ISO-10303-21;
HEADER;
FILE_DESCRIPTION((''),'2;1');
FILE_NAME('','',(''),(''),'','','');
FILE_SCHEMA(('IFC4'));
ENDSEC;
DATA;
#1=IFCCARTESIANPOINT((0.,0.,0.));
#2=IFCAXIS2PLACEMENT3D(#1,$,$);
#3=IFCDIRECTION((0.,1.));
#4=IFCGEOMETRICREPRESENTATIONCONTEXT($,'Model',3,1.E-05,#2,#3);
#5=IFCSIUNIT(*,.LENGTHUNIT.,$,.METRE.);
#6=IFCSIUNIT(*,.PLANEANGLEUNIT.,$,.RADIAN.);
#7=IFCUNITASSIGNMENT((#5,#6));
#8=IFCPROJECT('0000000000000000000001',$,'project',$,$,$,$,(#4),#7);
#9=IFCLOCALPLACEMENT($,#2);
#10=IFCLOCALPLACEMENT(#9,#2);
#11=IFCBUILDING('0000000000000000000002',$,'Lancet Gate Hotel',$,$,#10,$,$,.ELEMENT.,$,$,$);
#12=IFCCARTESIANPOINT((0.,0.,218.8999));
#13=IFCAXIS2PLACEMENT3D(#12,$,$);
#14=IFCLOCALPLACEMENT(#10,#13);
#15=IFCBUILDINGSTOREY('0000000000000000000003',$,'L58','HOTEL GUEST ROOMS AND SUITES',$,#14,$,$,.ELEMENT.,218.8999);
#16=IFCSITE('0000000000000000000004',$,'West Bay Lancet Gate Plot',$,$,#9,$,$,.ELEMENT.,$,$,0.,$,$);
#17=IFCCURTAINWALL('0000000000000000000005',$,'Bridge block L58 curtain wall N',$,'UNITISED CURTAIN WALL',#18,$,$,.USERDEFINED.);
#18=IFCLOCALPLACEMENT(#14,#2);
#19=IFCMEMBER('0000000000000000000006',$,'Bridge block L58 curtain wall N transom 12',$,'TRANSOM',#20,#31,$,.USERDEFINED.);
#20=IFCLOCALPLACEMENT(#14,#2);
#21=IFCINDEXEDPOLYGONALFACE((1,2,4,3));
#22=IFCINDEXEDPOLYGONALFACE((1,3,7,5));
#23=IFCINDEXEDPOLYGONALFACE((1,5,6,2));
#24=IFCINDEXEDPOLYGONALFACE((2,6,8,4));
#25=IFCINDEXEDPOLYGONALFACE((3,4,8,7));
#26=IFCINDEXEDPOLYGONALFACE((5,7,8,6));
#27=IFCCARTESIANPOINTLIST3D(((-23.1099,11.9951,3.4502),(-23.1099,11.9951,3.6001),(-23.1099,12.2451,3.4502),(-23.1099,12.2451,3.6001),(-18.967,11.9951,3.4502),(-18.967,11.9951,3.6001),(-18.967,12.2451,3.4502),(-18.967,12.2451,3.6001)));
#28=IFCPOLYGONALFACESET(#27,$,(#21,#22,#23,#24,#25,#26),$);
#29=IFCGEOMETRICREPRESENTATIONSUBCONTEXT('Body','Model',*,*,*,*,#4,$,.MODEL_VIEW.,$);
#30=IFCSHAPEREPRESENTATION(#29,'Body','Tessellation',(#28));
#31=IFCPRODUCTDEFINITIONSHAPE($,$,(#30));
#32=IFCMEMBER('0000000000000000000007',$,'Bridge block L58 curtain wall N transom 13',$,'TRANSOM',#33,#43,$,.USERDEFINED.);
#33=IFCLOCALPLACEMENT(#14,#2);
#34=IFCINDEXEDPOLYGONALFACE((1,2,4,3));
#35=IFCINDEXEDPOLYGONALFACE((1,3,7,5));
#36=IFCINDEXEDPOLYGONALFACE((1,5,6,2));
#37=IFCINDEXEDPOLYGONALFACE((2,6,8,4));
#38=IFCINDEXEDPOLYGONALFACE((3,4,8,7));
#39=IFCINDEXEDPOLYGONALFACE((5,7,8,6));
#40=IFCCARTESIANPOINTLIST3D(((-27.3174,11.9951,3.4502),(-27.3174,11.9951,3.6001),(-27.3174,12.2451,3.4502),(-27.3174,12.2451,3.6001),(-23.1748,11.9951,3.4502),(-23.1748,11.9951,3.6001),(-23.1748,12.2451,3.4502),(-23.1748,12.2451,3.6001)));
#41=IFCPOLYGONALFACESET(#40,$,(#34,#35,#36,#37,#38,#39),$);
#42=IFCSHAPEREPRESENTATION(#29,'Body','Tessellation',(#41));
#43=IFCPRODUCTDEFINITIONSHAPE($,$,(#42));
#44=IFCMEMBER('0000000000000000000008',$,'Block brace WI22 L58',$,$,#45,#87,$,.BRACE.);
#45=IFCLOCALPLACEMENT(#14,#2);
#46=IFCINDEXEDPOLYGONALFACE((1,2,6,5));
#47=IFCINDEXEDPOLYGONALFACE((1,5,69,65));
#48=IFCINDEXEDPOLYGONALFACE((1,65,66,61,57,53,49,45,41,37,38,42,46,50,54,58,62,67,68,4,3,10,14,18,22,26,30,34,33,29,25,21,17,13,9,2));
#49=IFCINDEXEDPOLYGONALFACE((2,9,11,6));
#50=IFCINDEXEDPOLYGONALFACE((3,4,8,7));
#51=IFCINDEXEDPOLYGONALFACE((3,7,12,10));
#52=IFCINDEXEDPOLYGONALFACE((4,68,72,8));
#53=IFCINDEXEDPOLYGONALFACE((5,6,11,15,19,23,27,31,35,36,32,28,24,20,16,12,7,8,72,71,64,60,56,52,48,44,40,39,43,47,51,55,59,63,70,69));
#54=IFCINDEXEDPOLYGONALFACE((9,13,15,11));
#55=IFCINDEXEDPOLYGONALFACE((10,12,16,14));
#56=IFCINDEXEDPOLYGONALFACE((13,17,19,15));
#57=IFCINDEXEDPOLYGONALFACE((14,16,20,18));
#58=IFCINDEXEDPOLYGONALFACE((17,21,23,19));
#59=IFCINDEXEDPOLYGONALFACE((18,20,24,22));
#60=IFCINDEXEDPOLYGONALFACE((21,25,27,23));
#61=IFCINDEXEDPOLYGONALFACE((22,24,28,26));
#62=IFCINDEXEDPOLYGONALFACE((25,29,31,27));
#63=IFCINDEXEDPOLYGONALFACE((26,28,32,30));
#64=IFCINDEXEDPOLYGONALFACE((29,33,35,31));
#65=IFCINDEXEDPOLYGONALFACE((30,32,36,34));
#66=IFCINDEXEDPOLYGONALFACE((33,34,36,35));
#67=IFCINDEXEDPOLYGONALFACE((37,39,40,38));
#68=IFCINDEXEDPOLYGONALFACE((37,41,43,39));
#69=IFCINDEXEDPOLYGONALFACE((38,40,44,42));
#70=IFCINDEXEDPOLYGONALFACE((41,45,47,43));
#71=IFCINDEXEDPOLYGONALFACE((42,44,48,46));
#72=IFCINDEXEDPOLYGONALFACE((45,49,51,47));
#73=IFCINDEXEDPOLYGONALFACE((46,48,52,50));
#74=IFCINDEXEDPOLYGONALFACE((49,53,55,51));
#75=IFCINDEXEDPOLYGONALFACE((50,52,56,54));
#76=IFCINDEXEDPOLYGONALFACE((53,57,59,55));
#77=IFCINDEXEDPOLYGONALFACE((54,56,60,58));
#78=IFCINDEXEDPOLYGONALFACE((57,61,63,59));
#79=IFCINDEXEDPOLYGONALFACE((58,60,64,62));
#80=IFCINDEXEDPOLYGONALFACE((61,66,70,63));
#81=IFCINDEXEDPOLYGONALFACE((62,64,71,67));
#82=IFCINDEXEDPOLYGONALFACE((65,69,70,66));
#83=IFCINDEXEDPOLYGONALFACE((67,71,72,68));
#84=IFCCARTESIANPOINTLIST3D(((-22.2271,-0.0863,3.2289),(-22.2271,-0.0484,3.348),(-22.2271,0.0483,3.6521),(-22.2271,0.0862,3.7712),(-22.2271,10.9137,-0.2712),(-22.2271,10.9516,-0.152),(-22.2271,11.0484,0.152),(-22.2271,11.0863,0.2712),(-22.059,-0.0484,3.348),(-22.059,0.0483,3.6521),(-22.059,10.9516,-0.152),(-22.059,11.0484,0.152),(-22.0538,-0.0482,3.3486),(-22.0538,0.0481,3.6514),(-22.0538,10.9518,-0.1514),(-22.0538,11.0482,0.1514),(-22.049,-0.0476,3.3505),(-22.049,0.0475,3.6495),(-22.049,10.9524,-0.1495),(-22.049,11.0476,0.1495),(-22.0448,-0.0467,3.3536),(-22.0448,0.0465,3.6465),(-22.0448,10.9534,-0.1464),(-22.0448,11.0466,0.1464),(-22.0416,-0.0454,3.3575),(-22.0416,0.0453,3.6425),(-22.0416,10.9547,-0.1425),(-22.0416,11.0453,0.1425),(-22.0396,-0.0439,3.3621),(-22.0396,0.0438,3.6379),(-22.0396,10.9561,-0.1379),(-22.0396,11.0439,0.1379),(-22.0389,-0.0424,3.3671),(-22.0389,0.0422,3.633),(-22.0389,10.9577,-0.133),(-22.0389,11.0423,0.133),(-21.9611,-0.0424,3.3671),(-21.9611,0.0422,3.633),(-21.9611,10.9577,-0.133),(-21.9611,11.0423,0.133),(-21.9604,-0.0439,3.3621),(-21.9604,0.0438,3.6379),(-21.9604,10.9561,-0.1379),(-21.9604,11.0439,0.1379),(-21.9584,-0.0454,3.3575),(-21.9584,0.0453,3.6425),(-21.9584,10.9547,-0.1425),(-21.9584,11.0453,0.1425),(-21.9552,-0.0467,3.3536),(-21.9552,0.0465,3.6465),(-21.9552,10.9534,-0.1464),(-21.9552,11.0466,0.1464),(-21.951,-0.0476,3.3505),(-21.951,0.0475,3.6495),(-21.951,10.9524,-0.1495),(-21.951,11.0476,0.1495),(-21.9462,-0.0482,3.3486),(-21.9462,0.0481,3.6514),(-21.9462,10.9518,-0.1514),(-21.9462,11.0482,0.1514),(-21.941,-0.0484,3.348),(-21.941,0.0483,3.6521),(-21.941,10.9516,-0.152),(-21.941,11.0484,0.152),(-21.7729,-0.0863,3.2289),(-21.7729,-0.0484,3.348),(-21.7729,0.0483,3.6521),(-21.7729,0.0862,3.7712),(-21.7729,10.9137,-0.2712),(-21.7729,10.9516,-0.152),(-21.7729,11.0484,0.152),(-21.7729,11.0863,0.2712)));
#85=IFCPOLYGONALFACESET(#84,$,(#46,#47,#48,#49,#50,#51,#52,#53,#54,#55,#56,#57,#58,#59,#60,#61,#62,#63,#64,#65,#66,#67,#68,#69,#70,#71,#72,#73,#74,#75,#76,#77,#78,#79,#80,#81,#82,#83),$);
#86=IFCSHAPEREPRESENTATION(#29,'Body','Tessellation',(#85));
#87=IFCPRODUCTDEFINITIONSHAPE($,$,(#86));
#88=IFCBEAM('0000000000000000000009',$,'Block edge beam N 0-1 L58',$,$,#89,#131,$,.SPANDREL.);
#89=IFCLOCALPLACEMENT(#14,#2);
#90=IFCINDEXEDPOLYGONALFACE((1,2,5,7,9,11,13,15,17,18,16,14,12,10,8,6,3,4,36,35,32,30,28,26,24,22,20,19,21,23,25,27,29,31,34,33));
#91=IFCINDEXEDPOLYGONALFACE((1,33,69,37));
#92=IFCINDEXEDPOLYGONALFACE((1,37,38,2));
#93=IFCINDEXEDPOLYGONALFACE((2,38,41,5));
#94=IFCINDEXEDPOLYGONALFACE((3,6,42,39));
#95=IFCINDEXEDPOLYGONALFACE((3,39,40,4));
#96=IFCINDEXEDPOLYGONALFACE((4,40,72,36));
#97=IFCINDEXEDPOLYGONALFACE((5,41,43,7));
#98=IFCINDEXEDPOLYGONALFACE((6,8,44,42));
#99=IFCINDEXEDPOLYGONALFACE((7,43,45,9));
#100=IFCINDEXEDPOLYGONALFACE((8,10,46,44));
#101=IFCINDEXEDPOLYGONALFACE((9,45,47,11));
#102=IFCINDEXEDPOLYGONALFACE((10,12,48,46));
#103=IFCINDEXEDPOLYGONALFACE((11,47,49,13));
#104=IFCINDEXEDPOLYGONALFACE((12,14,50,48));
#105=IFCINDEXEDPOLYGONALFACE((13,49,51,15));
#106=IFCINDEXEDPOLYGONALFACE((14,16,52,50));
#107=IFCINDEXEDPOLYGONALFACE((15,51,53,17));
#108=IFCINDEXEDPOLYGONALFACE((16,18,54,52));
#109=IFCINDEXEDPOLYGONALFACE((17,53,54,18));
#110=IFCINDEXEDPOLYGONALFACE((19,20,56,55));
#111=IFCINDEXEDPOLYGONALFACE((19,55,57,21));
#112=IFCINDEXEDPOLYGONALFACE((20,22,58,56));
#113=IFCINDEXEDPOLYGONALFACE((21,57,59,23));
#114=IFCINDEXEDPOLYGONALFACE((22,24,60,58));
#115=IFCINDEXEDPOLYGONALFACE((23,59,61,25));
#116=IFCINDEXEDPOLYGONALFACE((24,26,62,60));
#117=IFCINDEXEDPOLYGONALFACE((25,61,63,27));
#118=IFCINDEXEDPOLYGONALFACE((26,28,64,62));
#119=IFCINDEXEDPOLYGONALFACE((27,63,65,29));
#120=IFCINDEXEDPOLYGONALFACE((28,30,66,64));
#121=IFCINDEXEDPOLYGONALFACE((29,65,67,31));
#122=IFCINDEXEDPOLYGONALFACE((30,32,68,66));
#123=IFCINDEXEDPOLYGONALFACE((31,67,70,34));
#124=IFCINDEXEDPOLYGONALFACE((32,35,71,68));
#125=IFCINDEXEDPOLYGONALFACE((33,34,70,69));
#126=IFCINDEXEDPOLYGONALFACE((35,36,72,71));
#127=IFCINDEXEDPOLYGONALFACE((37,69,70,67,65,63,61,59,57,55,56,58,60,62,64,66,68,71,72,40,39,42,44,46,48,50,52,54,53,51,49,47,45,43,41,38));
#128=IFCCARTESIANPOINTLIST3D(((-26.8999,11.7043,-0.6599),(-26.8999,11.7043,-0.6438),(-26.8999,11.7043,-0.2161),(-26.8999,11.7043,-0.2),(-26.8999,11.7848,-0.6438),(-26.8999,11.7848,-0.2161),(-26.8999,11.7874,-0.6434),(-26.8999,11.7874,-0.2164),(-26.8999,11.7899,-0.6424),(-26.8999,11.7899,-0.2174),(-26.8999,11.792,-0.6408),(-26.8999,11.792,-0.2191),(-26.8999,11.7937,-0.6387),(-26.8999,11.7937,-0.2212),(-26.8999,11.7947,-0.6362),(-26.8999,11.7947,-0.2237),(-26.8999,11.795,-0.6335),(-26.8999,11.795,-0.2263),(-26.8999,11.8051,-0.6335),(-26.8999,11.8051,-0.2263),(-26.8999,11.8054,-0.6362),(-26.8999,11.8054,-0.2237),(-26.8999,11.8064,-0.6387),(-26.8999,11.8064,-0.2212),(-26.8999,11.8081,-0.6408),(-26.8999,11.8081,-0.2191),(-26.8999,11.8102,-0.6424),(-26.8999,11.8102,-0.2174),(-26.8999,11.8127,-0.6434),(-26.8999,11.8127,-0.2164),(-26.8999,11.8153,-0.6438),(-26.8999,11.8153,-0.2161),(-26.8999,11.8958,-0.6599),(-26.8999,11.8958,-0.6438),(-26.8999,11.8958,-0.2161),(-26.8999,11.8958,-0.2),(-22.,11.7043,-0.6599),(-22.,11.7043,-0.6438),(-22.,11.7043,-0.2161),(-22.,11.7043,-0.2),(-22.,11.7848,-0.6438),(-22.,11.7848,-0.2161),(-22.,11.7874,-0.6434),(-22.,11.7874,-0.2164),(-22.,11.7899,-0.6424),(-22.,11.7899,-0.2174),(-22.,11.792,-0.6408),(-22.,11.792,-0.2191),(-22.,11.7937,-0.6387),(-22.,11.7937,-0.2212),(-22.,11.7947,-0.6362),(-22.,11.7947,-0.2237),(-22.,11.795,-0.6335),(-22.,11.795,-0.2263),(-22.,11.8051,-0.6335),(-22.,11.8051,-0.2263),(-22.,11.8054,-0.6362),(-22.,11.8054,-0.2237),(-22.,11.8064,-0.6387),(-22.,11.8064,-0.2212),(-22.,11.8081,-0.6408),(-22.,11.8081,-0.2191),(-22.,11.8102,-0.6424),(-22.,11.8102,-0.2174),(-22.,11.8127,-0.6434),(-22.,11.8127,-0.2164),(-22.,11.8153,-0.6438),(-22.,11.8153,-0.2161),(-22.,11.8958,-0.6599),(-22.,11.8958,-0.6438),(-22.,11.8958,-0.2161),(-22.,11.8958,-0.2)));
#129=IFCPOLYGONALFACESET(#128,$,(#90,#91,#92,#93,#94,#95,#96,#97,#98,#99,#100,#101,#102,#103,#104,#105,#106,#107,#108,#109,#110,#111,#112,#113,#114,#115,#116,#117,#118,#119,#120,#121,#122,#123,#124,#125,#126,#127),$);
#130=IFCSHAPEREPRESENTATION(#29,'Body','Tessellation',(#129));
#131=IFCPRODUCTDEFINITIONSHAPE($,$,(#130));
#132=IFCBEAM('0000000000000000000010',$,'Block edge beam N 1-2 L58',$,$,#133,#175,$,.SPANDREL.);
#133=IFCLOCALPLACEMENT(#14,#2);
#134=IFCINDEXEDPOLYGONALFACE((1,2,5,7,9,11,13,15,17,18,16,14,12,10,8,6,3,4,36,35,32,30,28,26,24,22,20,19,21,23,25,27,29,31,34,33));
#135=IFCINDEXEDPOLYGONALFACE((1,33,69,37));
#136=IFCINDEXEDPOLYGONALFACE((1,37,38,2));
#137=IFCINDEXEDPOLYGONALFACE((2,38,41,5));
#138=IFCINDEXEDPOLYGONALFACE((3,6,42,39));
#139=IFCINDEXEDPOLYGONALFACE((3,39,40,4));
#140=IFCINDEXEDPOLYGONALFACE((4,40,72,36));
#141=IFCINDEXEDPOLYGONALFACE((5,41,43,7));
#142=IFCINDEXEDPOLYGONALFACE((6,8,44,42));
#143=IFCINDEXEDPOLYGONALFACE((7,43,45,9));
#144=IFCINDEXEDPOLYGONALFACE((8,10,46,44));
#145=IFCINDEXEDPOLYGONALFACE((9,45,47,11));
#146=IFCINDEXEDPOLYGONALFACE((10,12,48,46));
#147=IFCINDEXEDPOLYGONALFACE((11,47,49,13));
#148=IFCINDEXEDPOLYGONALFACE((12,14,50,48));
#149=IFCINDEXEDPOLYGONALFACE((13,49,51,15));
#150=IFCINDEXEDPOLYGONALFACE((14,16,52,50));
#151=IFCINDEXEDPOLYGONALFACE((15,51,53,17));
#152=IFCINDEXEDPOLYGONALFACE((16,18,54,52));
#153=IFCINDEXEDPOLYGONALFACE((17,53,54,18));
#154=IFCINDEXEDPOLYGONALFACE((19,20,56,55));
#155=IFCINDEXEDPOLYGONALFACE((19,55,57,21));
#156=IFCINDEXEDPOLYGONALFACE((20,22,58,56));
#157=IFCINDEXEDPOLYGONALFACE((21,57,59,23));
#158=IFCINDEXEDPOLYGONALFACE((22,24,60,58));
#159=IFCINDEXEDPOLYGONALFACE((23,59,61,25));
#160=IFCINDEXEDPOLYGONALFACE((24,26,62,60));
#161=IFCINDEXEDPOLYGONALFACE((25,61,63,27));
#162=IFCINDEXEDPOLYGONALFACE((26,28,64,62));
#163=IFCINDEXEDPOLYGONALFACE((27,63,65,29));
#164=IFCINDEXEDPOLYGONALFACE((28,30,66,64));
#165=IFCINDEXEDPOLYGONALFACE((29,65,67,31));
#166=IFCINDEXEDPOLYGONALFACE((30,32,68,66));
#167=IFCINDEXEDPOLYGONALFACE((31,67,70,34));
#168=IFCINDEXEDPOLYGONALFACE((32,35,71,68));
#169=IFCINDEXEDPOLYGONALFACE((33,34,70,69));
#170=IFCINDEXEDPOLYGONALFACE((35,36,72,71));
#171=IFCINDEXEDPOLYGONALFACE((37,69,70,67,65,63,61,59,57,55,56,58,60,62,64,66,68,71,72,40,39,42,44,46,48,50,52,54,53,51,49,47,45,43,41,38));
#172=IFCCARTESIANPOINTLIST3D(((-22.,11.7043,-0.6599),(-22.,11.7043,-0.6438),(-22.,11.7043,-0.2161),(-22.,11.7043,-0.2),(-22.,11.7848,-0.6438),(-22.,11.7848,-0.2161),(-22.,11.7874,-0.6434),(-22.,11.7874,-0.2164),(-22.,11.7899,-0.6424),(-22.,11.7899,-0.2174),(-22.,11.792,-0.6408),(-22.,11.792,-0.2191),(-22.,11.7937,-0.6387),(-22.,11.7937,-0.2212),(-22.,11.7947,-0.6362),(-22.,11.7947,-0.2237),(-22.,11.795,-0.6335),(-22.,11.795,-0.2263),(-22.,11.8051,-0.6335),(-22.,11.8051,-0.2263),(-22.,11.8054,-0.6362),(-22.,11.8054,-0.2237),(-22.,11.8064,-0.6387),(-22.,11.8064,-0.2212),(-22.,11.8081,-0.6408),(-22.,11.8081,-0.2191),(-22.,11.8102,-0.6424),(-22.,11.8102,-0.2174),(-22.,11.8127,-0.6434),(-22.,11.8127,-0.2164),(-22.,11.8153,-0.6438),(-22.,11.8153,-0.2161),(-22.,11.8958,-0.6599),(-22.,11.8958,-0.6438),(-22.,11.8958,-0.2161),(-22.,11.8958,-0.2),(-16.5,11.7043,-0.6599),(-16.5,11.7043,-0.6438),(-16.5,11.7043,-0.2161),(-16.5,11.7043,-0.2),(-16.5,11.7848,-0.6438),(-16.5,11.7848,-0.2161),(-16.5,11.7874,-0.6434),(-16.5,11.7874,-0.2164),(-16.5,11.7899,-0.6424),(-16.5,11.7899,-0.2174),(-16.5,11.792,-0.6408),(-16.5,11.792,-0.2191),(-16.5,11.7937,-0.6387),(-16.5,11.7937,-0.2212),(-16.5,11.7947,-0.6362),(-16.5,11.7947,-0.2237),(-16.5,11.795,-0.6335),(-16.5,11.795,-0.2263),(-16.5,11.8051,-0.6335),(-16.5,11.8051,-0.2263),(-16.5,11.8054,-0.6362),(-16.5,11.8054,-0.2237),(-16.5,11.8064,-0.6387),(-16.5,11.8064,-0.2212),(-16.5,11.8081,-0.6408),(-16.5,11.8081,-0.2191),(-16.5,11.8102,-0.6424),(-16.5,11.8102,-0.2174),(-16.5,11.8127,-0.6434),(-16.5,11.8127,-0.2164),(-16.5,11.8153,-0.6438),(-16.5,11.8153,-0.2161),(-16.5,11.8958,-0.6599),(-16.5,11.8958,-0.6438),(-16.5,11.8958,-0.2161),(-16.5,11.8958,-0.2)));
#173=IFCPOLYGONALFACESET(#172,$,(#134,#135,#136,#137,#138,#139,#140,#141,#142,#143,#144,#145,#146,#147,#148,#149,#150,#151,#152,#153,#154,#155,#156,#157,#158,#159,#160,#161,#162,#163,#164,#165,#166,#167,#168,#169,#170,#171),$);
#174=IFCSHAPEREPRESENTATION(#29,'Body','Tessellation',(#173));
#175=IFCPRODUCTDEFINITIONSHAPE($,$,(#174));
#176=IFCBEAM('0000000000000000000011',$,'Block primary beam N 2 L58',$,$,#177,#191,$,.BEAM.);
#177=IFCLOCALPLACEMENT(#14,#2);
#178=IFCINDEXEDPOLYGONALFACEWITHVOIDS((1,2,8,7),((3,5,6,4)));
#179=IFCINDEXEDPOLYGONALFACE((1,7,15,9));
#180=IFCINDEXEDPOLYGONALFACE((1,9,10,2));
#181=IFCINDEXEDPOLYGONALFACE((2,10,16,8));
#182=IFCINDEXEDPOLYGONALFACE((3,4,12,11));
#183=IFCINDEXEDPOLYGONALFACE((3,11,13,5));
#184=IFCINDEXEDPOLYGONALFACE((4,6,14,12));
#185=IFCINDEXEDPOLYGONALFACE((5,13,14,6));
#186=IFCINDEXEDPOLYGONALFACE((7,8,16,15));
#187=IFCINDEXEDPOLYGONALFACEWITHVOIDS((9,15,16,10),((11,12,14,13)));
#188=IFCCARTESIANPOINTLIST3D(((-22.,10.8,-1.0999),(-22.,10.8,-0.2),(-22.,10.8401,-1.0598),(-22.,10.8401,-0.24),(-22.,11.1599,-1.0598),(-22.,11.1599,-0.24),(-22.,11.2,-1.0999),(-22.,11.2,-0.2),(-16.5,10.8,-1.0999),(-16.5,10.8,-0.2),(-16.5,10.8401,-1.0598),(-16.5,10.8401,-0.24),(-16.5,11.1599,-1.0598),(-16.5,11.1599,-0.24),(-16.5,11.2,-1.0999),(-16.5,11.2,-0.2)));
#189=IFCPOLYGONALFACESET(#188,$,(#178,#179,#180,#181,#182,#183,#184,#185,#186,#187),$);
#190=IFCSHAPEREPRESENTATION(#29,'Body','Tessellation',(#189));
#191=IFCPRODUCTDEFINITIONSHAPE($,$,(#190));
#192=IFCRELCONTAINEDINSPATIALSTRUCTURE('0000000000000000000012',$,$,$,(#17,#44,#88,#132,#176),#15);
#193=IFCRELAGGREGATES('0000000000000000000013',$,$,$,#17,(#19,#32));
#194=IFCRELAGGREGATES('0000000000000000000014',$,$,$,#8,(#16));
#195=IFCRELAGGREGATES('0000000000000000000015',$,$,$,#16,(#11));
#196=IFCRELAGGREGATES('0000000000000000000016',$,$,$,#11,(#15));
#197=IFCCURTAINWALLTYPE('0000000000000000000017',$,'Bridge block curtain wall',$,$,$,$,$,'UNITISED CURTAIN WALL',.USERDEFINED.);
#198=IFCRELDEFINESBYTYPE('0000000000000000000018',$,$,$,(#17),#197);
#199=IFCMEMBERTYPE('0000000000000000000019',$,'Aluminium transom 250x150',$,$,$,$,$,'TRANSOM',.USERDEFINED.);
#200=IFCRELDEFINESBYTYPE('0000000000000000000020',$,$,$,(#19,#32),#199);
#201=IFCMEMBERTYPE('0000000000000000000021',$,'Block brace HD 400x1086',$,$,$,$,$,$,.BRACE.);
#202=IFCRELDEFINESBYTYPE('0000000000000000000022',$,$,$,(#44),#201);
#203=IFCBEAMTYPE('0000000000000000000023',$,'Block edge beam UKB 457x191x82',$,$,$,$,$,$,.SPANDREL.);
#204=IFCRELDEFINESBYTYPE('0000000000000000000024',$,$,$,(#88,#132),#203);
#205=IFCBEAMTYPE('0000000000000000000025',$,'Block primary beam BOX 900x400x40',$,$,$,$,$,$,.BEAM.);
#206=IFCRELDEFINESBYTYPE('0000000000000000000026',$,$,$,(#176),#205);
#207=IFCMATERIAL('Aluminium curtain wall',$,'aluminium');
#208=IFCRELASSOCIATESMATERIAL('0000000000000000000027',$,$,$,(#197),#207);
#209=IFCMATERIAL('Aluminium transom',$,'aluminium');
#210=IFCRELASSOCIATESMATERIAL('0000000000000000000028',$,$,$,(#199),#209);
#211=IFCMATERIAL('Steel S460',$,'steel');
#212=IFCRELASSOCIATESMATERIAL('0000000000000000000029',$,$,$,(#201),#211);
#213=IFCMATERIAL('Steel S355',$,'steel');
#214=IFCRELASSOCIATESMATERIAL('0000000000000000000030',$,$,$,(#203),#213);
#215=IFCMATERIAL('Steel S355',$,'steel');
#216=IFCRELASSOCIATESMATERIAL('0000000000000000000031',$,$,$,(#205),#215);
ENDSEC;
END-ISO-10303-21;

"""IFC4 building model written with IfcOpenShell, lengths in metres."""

from ifc_helpers import new_model, si_unit, direction, frame, origin, origin_2d, place, context, subcontext, project, spatial, rectangle, hollow_rectangle, i_section, extrude, material, material_profile, profile_set, type_object, element, aggregate, save


model = new_model("IFC4")

# Units and contexts
model_context = context("Model", 3, precision=1e-05, world=origin(), true_north=direction((0.0, 1.0)))
body_context = subcontext(model_context, "Body", "Model", "MODEL_VIEW")
ifc_project = project(units=[si_unit("LENGTHUNIT", "METRE"), si_unit("PLANEANGLEUNIT", "RADIAN")], contexts=[model_context])

# Site, building, storey
site_placement = place(None, origin())
site = spatial("IfcSite", under=ifc_project, at=site_placement, Name="West Bay Lancet Gate Plot", CompositionType="ELEMENT", RefElevation=0.0)
building_placement = place(site_placement, origin())
building = spatial("IfcBuilding", under=site, at=building_placement, Name="Lancet Gate Hotel", CompositionType="ELEMENT")
storey_placement = place(building_placement, frame((0.0, 0.0, 218.8999)))
storey = spatial("IfcBuildingStorey", under=building, at=storey_placement, Name="L58", Description="HOTEL GUEST ROOMS AND SUITES", CompositionType="ELEMENT", Elevation=218.8999)

# Curtain wall
ifc_material_1 = material(Name="Aluminium curtain wall", Category="aluminium")
curtain_wall_type_1 = type_object("IfcCurtainWallType", Name="Bridge block curtain wall", ElementType="UNITISED CURTAIN WALL", PredefinedType="USERDEFINED", material=ifc_material_1)
curtain_wall_1_placement = place(storey_placement, origin())
curtain_wall_1 = element("IfcCurtainWall", 1, at=curtain_wall_1_placement, inside=storey, type_object=curtain_wall_type_1, Name="Bridge block L58 curtain wall N", ObjectType="UNITISED CURTAIN WALL", PredefinedType="USERDEFINED")

# Members
ifc_material_2 = material(Name="Aluminium transom", Category="aluminium")
ifc_material_profile_1 = material_profile(ifc_material_2, rectangle(XDim=0.25, YDim=0.1499, at=origin_2d()), Name="TRANSOM 250x150")
ifc_profile_set_1 = profile_set([ifc_material_profile_1], Name="Aluminium transom")
member_type_1 = type_object("IfcMemberType", Name="Aluminium transom 250x150", ElementType="TRANSOM", PredefinedType="USERDEFINED", material=ifc_profile_set_1)
member_1_placement = place(storey_placement, frame((-18.967, 12.1201, 3.5251), z_axis=(-1.0, 0.0, 0.0), x_axis=(0.0, -1.0, 0.0)))
member_1 = element("IfcMember", 2, at=member_1_placement, type_object=member_type_1, Name="Bridge block L58 curtain wall N transom 12", ObjectType="TRANSOM", PredefinedType="USERDEFINED", context=body_context, shape_type="SweptSolid", body=[
    extrude(rectangle(XDim=0.25, YDim=0.1499, at=origin_2d()), origin(), (0.0, 0.0, 1.0), 4.1428),
])
member_2_placement = place(storey_placement, frame((-23.1748, 12.1201, 3.5251), z_axis=(-1.0, 0.0, 0.0), x_axis=(0.0, -1.0, 0.0)))
member_2 = element("IfcMember", 3, at=member_2_placement, type_object=member_type_1, Name="Bridge block L58 curtain wall N transom 13", ObjectType="TRANSOM", PredefinedType="USERDEFINED", context=body_context, shape_type="SweptSolid", body=[
    extrude(rectangle(XDim=0.25, YDim=0.1499, at=origin_2d()), origin(), (0.0, 0.0, 1.0), 4.1426),
])
ifc_material_3 = material(Name="Steel S460", Category="steel")
ifc_material_profile_2 = material_profile(ifc_material_3, i_section(OverallWidth=0.4541, OverallDepth=0.5691, WebThickness=0.0779, FlangeThickness=0.125, FilletRadius=0.02, at=origin_2d()), Name="HD 400x1086")
ifc_profile_set_2 = profile_set([ifc_material_profile_2], Name="Steel S460")
member_type_2 = type_object("IfcMemberType", Name="Block brace HD 400x1086", PredefinedType="BRACE", material=ifc_profile_set_2)
member_3_placement = place(storey_placement, frame((-22.0, 11.0, 0.0), z_axis=(0.0, -0.952926, 0.303204), x_axis=(1.0, 0.0, 0.0)))
element("IfcMember", 4, at=member_3_placement, inside=storey, type_object=member_type_2, Name="Block brace WI22 L58", PredefinedType="BRACE", context=body_context, shape_type="SweptSolid", body=[
    extrude(i_section(OverallWidth=0.4541, OverallDepth=0.5691, WebThickness=0.0779, FlangeThickness=0.125, FilletRadius=0.02, at=origin_2d()), origin(), (0.0, 0.0, 1.0), 11.5435),
])

# Beams
ifc_material_4 = material(Name="Steel S355", Category="steel")
ifc_material_profile_3 = material_profile(ifc_material_4, i_section(OverallWidth=0.1914, OverallDepth=0.46, WebThickness=0.01, FlangeThickness=0.0161, FilletRadius=0.0103, at=origin_2d()), Name="UKB 457x191x82")
ifc_profile_set_3 = profile_set([ifc_material_profile_3], Name="Steel S355")
beam_type_1 = type_object("IfcBeamType", Name="Block edge beam UKB 457x191x82", PredefinedType="SPANDREL", material=ifc_profile_set_3)
beam_1_placement = place(storey_placement, frame((-26.8999, 11.8, -0.4299), z_axis=(1.0, 0.0, 0.0), x_axis=(0.0, 1.0, 0.0)))
element("IfcBeam", 5, at=beam_1_placement, inside=storey, type_object=beam_type_1, Name="Block edge beam N 0-1 L58", PredefinedType="SPANDREL", context=body_context, shape_type="SweptSolid", body=[
    extrude(i_section(OverallWidth=0.1914, OverallDepth=0.46, WebThickness=0.01, FlangeThickness=0.0161, FilletRadius=0.0103, at=origin_2d()), origin(), (0.0, 0.0, 1.0), 4.8999),
])
beam_2_placement = place(storey_placement, frame((-22.0, 11.8, -0.4299), z_axis=(1.0, 0.0, 0.0), x_axis=(0.0, 1.0, 0.0)))
element("IfcBeam", 6, at=beam_2_placement, inside=storey, type_object=beam_type_1, Name="Block edge beam N 1-2 L58", PredefinedType="SPANDREL", context=body_context, shape_type="SweptSolid", body=[
    extrude(i_section(OverallWidth=0.1914, OverallDepth=0.46, WebThickness=0.01, FlangeThickness=0.0161, FilletRadius=0.0103, at=origin_2d()), origin(), (0.0, 0.0, 1.0), 5.5),
])
ifc_material_5 = material(Name="Steel S355", Category="steel")
ifc_material_profile_4 = material_profile(ifc_material_5, hollow_rectangle(XDim=0.3999, YDim=0.8999, WallThickness=0.04, at=origin_2d()), Name="BOX 900x400x40")
ifc_profile_set_4 = profile_set([ifc_material_profile_4], Name="Steel S355")
beam_type_2 = type_object("IfcBeamType", Name="Block primary beam BOX 900x400x40", PredefinedType="BEAM", material=ifc_profile_set_4)
beam_3_placement = place(storey_placement, frame((-22.0, 11.0, -0.6499), z_axis=(1.0, 0.0, 0.0), x_axis=(0.0, 1.0, 0.0)))
element("IfcBeam", 7, at=beam_3_placement, inside=storey, type_object=beam_type_2, Name="Block primary beam N 2 L58", PredefinedType="BEAM", context=body_context, shape_type="SweptSolid", body=[
    extrude(hollow_rectangle(XDim=0.3999, YDim=0.8999, WallThickness=0.04, at=origin_2d()), origin(), (0.0, 0.0, 1.0), 5.5),
])

aggregate(curtain_wall_1, [member_1, member_2])

save(model, "model.ifc")
